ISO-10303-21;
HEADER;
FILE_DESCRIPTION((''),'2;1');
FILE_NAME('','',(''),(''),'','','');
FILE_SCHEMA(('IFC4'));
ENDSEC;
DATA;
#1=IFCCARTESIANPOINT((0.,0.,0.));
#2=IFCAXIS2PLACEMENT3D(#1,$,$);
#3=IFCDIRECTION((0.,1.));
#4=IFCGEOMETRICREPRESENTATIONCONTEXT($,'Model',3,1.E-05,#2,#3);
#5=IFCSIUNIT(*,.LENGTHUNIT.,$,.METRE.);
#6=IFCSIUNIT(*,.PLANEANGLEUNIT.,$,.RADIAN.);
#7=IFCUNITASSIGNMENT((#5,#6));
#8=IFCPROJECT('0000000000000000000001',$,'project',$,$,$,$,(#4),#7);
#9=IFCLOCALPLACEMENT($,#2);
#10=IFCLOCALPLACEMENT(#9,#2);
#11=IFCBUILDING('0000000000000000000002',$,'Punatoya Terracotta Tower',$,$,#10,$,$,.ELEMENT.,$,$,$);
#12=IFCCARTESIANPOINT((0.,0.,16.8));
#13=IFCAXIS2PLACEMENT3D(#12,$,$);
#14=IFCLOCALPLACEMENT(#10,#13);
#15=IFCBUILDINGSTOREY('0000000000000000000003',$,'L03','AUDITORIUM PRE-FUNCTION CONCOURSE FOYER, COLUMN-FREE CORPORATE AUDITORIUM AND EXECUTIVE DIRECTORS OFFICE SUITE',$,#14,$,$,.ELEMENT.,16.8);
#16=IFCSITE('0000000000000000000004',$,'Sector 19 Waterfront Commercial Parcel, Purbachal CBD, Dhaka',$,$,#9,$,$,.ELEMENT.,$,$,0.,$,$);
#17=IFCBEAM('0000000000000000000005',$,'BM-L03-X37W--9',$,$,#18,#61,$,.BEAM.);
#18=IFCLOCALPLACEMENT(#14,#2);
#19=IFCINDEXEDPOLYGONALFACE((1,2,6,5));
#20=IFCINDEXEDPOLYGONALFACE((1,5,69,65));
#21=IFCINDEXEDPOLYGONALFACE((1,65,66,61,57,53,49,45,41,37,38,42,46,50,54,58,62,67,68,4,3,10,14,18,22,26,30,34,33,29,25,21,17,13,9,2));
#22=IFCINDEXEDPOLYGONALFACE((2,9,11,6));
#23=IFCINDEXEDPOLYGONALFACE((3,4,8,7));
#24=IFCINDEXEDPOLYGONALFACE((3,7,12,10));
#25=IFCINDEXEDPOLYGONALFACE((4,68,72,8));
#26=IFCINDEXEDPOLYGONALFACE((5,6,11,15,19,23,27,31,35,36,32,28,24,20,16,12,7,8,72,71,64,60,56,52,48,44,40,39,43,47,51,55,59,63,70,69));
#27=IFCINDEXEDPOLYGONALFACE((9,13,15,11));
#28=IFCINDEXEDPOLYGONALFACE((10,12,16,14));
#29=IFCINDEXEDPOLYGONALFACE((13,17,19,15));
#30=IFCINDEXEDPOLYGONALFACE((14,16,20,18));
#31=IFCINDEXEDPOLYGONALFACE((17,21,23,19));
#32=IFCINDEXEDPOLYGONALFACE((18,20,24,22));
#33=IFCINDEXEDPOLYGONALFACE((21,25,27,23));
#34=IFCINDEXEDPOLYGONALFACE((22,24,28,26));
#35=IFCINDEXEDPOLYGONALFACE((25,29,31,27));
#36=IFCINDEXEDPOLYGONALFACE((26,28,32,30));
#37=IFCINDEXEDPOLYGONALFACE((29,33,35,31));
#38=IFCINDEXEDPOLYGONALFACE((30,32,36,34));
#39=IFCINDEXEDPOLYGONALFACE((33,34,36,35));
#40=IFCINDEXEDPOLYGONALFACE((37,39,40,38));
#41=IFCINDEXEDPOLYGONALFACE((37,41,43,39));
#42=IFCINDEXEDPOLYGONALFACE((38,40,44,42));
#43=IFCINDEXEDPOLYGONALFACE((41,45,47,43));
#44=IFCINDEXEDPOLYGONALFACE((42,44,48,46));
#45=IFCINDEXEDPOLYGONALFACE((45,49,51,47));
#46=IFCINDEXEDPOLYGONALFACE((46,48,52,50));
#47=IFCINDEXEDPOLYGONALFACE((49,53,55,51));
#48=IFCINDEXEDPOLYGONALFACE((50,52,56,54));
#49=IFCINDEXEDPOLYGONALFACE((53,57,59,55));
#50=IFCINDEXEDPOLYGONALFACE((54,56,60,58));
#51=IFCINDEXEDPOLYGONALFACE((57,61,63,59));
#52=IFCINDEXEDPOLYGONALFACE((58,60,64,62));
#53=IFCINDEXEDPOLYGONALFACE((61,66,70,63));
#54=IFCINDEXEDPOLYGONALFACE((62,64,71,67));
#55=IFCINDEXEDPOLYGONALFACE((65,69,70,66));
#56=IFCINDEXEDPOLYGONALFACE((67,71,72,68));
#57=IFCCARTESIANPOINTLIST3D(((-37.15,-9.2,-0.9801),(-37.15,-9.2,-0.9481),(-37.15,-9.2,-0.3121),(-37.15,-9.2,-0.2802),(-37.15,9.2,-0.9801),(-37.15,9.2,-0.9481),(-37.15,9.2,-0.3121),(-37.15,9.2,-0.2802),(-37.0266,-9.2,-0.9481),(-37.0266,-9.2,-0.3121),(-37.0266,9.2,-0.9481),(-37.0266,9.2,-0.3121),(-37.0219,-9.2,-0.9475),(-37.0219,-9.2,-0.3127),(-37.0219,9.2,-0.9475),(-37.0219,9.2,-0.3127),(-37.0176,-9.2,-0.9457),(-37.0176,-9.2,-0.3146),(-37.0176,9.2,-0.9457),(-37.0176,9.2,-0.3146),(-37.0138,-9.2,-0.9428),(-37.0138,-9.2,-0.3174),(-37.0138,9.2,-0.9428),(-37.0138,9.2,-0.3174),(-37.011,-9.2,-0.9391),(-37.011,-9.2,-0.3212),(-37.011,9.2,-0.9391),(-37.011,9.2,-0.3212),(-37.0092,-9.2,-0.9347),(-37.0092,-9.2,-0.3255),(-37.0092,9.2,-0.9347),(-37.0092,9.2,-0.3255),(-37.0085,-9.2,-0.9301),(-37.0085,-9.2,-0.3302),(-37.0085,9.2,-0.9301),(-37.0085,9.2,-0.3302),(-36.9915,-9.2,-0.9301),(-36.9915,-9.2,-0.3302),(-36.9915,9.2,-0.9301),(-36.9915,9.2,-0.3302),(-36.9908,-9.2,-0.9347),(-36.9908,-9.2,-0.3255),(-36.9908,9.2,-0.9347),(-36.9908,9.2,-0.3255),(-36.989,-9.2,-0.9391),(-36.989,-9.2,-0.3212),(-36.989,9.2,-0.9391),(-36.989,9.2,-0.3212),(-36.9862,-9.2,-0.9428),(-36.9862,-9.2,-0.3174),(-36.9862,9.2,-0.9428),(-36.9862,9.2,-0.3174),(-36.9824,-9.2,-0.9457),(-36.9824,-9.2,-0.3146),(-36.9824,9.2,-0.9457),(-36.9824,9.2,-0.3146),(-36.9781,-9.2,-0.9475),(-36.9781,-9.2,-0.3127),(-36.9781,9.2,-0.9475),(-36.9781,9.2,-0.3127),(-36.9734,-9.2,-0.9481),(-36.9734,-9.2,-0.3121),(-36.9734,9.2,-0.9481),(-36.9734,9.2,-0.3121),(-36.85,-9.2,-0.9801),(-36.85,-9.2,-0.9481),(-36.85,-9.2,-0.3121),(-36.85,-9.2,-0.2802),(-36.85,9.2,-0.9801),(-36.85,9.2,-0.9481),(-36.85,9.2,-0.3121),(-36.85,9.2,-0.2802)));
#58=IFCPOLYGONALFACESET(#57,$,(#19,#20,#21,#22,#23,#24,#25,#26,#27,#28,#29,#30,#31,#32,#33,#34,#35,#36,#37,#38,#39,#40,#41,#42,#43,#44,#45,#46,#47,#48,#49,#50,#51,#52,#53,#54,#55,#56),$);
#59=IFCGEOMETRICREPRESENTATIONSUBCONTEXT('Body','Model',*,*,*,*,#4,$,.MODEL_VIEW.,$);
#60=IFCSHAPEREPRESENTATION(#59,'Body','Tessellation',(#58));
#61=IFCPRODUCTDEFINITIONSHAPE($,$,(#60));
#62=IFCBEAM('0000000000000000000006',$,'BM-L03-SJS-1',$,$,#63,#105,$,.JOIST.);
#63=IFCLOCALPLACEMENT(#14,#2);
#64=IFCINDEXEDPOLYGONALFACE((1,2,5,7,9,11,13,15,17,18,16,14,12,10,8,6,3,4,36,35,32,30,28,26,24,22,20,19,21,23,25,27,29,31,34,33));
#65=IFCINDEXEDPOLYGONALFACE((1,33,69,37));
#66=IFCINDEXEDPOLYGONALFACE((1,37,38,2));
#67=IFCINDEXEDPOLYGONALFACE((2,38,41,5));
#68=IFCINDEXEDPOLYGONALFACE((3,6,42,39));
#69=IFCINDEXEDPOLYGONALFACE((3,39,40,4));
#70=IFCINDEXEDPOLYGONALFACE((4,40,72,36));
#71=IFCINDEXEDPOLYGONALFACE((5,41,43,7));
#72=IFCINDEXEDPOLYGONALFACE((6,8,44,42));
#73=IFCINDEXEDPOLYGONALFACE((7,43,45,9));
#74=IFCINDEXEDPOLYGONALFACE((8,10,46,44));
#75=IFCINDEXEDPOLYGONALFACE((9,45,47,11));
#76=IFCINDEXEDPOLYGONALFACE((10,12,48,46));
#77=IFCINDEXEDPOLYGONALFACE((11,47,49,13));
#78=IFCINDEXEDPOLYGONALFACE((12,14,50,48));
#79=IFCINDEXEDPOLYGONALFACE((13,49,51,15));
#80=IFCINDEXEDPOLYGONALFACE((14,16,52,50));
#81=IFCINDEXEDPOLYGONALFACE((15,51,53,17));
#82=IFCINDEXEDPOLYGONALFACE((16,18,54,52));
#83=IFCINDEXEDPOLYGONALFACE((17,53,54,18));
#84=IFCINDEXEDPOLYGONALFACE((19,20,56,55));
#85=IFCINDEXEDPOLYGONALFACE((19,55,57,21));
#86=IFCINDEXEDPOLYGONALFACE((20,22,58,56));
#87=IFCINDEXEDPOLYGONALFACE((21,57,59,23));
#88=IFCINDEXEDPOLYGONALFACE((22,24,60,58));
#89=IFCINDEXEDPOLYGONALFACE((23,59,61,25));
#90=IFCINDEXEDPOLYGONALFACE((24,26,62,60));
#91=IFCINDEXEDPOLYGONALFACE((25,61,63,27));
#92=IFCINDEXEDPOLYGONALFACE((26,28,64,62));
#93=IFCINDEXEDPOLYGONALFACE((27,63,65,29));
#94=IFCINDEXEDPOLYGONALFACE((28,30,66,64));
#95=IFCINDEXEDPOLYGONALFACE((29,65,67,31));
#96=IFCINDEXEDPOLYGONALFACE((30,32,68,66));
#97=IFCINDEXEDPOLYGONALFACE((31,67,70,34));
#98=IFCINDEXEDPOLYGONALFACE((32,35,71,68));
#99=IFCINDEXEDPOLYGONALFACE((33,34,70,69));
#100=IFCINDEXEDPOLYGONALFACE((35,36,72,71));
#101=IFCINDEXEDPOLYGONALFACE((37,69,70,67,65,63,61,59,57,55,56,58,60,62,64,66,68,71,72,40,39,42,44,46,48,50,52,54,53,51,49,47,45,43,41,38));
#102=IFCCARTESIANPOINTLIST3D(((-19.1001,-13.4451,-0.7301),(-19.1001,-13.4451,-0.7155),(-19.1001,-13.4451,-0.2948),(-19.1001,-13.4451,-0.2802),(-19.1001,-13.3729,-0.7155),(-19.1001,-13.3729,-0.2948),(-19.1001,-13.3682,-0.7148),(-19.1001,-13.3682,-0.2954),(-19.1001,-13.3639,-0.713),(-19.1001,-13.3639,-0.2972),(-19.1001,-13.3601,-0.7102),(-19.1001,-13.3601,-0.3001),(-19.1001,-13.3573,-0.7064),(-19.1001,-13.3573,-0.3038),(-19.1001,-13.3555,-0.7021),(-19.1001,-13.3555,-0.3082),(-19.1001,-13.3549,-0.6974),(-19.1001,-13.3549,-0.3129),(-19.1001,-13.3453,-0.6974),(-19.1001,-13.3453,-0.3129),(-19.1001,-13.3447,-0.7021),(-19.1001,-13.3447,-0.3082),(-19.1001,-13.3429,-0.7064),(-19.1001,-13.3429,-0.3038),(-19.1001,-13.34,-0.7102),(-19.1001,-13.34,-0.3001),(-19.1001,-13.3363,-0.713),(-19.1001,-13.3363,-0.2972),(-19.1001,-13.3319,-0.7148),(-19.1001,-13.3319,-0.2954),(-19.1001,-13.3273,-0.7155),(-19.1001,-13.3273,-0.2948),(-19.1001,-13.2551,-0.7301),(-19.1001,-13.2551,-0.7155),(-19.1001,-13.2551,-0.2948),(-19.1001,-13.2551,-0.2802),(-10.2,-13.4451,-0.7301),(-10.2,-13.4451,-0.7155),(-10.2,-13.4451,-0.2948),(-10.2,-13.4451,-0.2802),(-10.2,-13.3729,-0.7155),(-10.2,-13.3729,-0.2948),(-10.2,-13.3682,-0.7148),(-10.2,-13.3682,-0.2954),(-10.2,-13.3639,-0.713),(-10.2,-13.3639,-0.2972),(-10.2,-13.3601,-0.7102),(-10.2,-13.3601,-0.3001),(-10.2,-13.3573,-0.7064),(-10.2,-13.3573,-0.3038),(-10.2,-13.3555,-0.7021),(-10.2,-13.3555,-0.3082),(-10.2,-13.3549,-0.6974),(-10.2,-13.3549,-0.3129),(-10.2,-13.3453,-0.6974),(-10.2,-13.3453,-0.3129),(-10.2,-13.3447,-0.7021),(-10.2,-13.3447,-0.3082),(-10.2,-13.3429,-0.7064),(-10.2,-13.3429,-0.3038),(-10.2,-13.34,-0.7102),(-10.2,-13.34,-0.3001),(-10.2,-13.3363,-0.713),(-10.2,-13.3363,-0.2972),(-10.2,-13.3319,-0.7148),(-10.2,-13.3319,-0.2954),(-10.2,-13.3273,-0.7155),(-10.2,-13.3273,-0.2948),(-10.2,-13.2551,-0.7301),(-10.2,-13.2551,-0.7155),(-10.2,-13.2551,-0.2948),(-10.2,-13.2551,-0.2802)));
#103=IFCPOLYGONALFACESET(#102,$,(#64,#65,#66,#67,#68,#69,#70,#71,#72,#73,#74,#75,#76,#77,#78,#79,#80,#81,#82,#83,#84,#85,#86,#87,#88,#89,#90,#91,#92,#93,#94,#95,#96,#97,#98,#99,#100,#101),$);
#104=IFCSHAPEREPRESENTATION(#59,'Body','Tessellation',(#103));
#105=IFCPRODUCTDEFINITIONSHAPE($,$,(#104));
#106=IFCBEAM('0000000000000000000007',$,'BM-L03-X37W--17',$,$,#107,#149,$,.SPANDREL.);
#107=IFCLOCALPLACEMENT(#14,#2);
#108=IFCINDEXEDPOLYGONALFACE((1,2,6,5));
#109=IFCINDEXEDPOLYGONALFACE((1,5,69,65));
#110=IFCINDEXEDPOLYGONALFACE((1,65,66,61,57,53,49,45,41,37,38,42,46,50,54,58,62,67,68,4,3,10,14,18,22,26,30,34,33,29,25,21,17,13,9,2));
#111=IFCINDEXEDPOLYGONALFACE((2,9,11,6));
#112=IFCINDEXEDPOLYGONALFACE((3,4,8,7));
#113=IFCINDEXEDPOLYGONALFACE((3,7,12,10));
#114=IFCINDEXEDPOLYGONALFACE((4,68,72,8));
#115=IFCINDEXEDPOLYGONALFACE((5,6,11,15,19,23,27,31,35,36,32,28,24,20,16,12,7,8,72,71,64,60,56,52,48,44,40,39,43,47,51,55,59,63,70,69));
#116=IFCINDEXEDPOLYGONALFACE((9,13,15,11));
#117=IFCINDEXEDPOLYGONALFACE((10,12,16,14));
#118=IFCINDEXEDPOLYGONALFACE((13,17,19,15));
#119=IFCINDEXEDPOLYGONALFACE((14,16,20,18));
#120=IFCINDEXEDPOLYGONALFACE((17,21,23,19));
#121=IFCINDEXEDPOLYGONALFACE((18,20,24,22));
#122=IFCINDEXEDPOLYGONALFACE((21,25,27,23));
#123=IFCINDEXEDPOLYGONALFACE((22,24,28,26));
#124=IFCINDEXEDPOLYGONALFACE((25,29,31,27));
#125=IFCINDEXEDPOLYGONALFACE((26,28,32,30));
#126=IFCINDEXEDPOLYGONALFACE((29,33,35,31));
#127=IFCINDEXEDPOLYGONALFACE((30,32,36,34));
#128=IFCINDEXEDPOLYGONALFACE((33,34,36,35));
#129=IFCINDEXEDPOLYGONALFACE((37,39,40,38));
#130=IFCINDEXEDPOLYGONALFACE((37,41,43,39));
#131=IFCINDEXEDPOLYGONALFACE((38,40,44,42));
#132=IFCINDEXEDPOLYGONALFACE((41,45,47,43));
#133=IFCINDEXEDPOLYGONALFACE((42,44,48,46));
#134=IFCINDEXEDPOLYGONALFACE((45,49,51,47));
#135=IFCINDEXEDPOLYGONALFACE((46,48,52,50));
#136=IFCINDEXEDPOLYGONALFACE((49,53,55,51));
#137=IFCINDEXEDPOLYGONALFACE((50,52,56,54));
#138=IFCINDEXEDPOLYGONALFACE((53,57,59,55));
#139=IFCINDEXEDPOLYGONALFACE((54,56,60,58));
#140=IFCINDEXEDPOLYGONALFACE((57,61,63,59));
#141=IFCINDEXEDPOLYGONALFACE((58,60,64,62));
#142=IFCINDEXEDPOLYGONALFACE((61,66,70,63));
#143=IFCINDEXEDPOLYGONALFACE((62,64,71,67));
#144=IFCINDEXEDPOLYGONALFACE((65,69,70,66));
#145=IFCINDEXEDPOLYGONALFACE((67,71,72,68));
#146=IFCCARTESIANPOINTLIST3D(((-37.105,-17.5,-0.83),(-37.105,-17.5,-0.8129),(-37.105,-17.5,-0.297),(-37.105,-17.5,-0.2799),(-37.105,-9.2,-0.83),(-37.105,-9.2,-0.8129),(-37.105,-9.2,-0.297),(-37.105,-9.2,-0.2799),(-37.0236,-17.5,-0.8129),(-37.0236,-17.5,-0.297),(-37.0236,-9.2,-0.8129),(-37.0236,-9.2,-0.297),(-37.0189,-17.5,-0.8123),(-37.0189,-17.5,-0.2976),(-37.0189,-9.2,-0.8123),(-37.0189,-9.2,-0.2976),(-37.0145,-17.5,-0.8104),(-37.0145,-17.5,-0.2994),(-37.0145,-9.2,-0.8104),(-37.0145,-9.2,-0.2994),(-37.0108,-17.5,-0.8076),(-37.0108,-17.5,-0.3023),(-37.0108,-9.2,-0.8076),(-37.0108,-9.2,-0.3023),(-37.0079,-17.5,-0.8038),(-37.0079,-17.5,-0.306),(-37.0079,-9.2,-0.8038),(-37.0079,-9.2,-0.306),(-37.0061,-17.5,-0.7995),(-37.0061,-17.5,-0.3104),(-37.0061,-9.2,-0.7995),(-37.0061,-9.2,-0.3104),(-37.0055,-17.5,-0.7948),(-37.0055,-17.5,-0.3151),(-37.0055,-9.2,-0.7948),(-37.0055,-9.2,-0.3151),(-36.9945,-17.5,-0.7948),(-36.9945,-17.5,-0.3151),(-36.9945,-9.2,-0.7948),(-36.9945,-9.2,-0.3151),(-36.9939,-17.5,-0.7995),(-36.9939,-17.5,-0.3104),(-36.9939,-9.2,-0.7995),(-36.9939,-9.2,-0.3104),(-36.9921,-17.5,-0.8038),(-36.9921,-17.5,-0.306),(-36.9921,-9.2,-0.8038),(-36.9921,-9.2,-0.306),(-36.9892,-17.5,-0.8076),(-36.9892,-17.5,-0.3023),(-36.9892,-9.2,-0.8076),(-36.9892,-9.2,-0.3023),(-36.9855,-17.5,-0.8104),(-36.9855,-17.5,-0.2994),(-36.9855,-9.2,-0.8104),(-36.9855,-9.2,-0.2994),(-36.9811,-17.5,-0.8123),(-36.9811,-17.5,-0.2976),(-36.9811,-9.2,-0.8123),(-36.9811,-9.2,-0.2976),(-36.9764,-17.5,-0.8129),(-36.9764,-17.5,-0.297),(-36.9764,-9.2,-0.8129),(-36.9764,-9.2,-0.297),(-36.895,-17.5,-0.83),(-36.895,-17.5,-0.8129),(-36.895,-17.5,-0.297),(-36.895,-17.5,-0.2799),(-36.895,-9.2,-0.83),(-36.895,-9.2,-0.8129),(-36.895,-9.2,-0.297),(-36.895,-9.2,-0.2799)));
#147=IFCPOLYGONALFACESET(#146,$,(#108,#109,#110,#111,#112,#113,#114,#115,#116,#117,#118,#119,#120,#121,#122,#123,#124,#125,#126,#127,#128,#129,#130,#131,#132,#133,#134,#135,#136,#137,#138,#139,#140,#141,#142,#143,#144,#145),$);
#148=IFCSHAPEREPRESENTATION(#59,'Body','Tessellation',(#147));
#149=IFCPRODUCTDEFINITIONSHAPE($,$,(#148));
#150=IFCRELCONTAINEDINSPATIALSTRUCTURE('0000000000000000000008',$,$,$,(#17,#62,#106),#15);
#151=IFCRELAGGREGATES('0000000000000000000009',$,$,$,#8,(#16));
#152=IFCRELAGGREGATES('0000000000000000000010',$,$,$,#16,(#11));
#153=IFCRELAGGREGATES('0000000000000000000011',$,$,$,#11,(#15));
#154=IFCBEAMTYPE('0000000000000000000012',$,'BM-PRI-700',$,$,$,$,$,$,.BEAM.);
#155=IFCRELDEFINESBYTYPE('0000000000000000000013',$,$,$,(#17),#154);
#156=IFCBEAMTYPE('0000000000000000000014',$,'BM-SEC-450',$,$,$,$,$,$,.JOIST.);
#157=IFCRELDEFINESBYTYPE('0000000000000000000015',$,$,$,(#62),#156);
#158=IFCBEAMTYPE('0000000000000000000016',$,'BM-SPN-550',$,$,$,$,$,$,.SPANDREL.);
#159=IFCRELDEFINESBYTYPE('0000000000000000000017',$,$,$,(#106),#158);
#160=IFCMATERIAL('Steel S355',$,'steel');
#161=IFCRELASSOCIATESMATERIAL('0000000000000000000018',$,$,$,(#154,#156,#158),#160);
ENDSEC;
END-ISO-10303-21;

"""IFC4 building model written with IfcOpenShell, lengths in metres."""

from ifc_helpers import new_model, si_unit, direction, frame, origin, origin_2d, place, context, subcontext, project, spatial, i_section, extrude, material, material_profile, profile_set, type_object, element, save


model = new_model("IFC4")

# Units and contexts
model_context = context("Model", 3, precision=1e-05, world=origin(), true_north=direction((0.0, 1.0)))
body_context = subcontext(model_context, "Body", "Model", "MODEL_VIEW")
ifc_project = project(units=[si_unit("LENGTHUNIT", "METRE"), si_unit("PLANEANGLEUNIT", "RADIAN")], contexts=[model_context])

# Site, building, storey
site_placement = place(None, origin())
site = spatial("IfcSite", under=ifc_project, at=site_placement, Name="Sector 19 Waterfront Commercial Parcel, Purbachal CBD, Dhaka", CompositionType="ELEMENT", RefElevation=0.0)
building_placement = place(site_placement, origin())
building = spatial("IfcBuilding", under=site, at=building_placement, Name="Punatoya Terracotta Tower", CompositionType="ELEMENT")
storey_placement = place(building_placement, frame((0.0, 0.0, 16.8)))
storey = spatial("IfcBuildingStorey", under=building, at=storey_placement, Name="L03", Description="AUDITORIUM PRE-FUNCTION CONCOURSE FOYER, COLUMN-FREE CORPORATE AUDITORIUM AND EXECUTIVE DIRECTORS OFFICE SUITE", CompositionType="ELEMENT", Elevation=16.8)

# Beams
ifc_material_1 = material(Name="Steel S355", Category="steel")
ifc_material_profile_1 = material_profile(ifc_material_1, i_section(OverallWidth=0.3, OverallDepth=0.7, WebThickness=0.0171, FlangeThickness=0.032, FilletRadius=0.0181, at=origin_2d()))
ifc_profile_set_1 = profile_set([ifc_material_profile_1], Name="Steel S355")
beam_type_1 = type_object("IfcBeamType", Name="BM-PRI-700", PredefinedType="BEAM", material=ifc_profile_set_1)
beam_1_placement = place(storey_placement, frame((-37.0, -9.2, -0.6301), z_axis=(0.0, 1.0, 0.0), x_axis=(-1.0, 0.0, 0.0)))
element("IfcBeam", 1, at=beam_1_placement, inside=storey, type_object=beam_type_1, Name="BM-L03-X37W--9", PredefinedType="BEAM", context=body_context, shape_type="SweptSolid", body=[
    extrude(i_section(OverallWidth=0.3, OverallDepth=0.7, WebThickness=0.0171, FlangeThickness=0.032, FilletRadius=0.0181, at=origin_2d()), origin(), (0.0, 0.0, 1.0), 18.3999),
])
ifc_material_profile_2 = material_profile(ifc_material_1, i_section(OverallWidth=0.1899, OverallDepth=0.45, WebThickness=0.0095, FlangeThickness=0.0146, FilletRadius=0.0181, at=origin_2d()))
ifc_profile_set_2 = profile_set([ifc_material_profile_2], Name="Steel S355")
beam_type_2 = type_object("IfcBeamType", Name="BM-SEC-450", PredefinedType="JOIST", material=ifc_profile_set_2)
beam_2_placement = place(storey_placement, frame((-19.1001, -13.3501, -0.5051), z_axis=(1.0, 0.0, 0.0), x_axis=(0.0, 1.0, 0.0)))
element("IfcBeam", 2, at=beam_2_placement, inside=storey, type_object=beam_type_2, Name="BM-L03-SJS-1", PredefinedType="JOIST", context=body_context, shape_type="SweptSolid", body=[
    extrude(i_section(OverallWidth=0.1899, OverallDepth=0.45, WebThickness=0.0095, FlangeThickness=0.0146, FilletRadius=0.0181, at=origin_2d()), origin(), (0.0, 0.0, 1.0), 8.9001),
])
ifc_material_profile_3 = material_profile(ifc_material_1, i_section(OverallWidth=0.21, OverallDepth=0.55, WebThickness=0.011, FlangeThickness=0.0171, FilletRadius=0.0181, at=origin_2d()))
ifc_profile_set_3 = profile_set([ifc_material_profile_3], Name="Steel S355")
beam_type_3 = type_object("IfcBeamType", Name="BM-SPN-550", PredefinedType="SPANDREL", material=ifc_profile_set_3)
beam_3_placement = place(storey_placement, frame((-37.0, -17.5, -0.5549), z_axis=(0.0, 1.0, 0.0), x_axis=(-1.0, 0.0, 0.0)))
element("IfcBeam", 3, at=beam_3_placement, inside=storey, type_object=beam_type_3, Name="BM-L03-X37W--17", PredefinedType="SPANDREL", context=body_context, shape_type="SweptSolid", body=[
    extrude(i_section(OverallWidth=0.21, OverallDepth=0.55, WebThickness=0.011, FlangeThickness=0.0171, FilletRadius=0.0181, at=origin_2d()), origin(), (0.0, 0.0, 1.0), 8.3),
])

save(model, "model.ifc")
